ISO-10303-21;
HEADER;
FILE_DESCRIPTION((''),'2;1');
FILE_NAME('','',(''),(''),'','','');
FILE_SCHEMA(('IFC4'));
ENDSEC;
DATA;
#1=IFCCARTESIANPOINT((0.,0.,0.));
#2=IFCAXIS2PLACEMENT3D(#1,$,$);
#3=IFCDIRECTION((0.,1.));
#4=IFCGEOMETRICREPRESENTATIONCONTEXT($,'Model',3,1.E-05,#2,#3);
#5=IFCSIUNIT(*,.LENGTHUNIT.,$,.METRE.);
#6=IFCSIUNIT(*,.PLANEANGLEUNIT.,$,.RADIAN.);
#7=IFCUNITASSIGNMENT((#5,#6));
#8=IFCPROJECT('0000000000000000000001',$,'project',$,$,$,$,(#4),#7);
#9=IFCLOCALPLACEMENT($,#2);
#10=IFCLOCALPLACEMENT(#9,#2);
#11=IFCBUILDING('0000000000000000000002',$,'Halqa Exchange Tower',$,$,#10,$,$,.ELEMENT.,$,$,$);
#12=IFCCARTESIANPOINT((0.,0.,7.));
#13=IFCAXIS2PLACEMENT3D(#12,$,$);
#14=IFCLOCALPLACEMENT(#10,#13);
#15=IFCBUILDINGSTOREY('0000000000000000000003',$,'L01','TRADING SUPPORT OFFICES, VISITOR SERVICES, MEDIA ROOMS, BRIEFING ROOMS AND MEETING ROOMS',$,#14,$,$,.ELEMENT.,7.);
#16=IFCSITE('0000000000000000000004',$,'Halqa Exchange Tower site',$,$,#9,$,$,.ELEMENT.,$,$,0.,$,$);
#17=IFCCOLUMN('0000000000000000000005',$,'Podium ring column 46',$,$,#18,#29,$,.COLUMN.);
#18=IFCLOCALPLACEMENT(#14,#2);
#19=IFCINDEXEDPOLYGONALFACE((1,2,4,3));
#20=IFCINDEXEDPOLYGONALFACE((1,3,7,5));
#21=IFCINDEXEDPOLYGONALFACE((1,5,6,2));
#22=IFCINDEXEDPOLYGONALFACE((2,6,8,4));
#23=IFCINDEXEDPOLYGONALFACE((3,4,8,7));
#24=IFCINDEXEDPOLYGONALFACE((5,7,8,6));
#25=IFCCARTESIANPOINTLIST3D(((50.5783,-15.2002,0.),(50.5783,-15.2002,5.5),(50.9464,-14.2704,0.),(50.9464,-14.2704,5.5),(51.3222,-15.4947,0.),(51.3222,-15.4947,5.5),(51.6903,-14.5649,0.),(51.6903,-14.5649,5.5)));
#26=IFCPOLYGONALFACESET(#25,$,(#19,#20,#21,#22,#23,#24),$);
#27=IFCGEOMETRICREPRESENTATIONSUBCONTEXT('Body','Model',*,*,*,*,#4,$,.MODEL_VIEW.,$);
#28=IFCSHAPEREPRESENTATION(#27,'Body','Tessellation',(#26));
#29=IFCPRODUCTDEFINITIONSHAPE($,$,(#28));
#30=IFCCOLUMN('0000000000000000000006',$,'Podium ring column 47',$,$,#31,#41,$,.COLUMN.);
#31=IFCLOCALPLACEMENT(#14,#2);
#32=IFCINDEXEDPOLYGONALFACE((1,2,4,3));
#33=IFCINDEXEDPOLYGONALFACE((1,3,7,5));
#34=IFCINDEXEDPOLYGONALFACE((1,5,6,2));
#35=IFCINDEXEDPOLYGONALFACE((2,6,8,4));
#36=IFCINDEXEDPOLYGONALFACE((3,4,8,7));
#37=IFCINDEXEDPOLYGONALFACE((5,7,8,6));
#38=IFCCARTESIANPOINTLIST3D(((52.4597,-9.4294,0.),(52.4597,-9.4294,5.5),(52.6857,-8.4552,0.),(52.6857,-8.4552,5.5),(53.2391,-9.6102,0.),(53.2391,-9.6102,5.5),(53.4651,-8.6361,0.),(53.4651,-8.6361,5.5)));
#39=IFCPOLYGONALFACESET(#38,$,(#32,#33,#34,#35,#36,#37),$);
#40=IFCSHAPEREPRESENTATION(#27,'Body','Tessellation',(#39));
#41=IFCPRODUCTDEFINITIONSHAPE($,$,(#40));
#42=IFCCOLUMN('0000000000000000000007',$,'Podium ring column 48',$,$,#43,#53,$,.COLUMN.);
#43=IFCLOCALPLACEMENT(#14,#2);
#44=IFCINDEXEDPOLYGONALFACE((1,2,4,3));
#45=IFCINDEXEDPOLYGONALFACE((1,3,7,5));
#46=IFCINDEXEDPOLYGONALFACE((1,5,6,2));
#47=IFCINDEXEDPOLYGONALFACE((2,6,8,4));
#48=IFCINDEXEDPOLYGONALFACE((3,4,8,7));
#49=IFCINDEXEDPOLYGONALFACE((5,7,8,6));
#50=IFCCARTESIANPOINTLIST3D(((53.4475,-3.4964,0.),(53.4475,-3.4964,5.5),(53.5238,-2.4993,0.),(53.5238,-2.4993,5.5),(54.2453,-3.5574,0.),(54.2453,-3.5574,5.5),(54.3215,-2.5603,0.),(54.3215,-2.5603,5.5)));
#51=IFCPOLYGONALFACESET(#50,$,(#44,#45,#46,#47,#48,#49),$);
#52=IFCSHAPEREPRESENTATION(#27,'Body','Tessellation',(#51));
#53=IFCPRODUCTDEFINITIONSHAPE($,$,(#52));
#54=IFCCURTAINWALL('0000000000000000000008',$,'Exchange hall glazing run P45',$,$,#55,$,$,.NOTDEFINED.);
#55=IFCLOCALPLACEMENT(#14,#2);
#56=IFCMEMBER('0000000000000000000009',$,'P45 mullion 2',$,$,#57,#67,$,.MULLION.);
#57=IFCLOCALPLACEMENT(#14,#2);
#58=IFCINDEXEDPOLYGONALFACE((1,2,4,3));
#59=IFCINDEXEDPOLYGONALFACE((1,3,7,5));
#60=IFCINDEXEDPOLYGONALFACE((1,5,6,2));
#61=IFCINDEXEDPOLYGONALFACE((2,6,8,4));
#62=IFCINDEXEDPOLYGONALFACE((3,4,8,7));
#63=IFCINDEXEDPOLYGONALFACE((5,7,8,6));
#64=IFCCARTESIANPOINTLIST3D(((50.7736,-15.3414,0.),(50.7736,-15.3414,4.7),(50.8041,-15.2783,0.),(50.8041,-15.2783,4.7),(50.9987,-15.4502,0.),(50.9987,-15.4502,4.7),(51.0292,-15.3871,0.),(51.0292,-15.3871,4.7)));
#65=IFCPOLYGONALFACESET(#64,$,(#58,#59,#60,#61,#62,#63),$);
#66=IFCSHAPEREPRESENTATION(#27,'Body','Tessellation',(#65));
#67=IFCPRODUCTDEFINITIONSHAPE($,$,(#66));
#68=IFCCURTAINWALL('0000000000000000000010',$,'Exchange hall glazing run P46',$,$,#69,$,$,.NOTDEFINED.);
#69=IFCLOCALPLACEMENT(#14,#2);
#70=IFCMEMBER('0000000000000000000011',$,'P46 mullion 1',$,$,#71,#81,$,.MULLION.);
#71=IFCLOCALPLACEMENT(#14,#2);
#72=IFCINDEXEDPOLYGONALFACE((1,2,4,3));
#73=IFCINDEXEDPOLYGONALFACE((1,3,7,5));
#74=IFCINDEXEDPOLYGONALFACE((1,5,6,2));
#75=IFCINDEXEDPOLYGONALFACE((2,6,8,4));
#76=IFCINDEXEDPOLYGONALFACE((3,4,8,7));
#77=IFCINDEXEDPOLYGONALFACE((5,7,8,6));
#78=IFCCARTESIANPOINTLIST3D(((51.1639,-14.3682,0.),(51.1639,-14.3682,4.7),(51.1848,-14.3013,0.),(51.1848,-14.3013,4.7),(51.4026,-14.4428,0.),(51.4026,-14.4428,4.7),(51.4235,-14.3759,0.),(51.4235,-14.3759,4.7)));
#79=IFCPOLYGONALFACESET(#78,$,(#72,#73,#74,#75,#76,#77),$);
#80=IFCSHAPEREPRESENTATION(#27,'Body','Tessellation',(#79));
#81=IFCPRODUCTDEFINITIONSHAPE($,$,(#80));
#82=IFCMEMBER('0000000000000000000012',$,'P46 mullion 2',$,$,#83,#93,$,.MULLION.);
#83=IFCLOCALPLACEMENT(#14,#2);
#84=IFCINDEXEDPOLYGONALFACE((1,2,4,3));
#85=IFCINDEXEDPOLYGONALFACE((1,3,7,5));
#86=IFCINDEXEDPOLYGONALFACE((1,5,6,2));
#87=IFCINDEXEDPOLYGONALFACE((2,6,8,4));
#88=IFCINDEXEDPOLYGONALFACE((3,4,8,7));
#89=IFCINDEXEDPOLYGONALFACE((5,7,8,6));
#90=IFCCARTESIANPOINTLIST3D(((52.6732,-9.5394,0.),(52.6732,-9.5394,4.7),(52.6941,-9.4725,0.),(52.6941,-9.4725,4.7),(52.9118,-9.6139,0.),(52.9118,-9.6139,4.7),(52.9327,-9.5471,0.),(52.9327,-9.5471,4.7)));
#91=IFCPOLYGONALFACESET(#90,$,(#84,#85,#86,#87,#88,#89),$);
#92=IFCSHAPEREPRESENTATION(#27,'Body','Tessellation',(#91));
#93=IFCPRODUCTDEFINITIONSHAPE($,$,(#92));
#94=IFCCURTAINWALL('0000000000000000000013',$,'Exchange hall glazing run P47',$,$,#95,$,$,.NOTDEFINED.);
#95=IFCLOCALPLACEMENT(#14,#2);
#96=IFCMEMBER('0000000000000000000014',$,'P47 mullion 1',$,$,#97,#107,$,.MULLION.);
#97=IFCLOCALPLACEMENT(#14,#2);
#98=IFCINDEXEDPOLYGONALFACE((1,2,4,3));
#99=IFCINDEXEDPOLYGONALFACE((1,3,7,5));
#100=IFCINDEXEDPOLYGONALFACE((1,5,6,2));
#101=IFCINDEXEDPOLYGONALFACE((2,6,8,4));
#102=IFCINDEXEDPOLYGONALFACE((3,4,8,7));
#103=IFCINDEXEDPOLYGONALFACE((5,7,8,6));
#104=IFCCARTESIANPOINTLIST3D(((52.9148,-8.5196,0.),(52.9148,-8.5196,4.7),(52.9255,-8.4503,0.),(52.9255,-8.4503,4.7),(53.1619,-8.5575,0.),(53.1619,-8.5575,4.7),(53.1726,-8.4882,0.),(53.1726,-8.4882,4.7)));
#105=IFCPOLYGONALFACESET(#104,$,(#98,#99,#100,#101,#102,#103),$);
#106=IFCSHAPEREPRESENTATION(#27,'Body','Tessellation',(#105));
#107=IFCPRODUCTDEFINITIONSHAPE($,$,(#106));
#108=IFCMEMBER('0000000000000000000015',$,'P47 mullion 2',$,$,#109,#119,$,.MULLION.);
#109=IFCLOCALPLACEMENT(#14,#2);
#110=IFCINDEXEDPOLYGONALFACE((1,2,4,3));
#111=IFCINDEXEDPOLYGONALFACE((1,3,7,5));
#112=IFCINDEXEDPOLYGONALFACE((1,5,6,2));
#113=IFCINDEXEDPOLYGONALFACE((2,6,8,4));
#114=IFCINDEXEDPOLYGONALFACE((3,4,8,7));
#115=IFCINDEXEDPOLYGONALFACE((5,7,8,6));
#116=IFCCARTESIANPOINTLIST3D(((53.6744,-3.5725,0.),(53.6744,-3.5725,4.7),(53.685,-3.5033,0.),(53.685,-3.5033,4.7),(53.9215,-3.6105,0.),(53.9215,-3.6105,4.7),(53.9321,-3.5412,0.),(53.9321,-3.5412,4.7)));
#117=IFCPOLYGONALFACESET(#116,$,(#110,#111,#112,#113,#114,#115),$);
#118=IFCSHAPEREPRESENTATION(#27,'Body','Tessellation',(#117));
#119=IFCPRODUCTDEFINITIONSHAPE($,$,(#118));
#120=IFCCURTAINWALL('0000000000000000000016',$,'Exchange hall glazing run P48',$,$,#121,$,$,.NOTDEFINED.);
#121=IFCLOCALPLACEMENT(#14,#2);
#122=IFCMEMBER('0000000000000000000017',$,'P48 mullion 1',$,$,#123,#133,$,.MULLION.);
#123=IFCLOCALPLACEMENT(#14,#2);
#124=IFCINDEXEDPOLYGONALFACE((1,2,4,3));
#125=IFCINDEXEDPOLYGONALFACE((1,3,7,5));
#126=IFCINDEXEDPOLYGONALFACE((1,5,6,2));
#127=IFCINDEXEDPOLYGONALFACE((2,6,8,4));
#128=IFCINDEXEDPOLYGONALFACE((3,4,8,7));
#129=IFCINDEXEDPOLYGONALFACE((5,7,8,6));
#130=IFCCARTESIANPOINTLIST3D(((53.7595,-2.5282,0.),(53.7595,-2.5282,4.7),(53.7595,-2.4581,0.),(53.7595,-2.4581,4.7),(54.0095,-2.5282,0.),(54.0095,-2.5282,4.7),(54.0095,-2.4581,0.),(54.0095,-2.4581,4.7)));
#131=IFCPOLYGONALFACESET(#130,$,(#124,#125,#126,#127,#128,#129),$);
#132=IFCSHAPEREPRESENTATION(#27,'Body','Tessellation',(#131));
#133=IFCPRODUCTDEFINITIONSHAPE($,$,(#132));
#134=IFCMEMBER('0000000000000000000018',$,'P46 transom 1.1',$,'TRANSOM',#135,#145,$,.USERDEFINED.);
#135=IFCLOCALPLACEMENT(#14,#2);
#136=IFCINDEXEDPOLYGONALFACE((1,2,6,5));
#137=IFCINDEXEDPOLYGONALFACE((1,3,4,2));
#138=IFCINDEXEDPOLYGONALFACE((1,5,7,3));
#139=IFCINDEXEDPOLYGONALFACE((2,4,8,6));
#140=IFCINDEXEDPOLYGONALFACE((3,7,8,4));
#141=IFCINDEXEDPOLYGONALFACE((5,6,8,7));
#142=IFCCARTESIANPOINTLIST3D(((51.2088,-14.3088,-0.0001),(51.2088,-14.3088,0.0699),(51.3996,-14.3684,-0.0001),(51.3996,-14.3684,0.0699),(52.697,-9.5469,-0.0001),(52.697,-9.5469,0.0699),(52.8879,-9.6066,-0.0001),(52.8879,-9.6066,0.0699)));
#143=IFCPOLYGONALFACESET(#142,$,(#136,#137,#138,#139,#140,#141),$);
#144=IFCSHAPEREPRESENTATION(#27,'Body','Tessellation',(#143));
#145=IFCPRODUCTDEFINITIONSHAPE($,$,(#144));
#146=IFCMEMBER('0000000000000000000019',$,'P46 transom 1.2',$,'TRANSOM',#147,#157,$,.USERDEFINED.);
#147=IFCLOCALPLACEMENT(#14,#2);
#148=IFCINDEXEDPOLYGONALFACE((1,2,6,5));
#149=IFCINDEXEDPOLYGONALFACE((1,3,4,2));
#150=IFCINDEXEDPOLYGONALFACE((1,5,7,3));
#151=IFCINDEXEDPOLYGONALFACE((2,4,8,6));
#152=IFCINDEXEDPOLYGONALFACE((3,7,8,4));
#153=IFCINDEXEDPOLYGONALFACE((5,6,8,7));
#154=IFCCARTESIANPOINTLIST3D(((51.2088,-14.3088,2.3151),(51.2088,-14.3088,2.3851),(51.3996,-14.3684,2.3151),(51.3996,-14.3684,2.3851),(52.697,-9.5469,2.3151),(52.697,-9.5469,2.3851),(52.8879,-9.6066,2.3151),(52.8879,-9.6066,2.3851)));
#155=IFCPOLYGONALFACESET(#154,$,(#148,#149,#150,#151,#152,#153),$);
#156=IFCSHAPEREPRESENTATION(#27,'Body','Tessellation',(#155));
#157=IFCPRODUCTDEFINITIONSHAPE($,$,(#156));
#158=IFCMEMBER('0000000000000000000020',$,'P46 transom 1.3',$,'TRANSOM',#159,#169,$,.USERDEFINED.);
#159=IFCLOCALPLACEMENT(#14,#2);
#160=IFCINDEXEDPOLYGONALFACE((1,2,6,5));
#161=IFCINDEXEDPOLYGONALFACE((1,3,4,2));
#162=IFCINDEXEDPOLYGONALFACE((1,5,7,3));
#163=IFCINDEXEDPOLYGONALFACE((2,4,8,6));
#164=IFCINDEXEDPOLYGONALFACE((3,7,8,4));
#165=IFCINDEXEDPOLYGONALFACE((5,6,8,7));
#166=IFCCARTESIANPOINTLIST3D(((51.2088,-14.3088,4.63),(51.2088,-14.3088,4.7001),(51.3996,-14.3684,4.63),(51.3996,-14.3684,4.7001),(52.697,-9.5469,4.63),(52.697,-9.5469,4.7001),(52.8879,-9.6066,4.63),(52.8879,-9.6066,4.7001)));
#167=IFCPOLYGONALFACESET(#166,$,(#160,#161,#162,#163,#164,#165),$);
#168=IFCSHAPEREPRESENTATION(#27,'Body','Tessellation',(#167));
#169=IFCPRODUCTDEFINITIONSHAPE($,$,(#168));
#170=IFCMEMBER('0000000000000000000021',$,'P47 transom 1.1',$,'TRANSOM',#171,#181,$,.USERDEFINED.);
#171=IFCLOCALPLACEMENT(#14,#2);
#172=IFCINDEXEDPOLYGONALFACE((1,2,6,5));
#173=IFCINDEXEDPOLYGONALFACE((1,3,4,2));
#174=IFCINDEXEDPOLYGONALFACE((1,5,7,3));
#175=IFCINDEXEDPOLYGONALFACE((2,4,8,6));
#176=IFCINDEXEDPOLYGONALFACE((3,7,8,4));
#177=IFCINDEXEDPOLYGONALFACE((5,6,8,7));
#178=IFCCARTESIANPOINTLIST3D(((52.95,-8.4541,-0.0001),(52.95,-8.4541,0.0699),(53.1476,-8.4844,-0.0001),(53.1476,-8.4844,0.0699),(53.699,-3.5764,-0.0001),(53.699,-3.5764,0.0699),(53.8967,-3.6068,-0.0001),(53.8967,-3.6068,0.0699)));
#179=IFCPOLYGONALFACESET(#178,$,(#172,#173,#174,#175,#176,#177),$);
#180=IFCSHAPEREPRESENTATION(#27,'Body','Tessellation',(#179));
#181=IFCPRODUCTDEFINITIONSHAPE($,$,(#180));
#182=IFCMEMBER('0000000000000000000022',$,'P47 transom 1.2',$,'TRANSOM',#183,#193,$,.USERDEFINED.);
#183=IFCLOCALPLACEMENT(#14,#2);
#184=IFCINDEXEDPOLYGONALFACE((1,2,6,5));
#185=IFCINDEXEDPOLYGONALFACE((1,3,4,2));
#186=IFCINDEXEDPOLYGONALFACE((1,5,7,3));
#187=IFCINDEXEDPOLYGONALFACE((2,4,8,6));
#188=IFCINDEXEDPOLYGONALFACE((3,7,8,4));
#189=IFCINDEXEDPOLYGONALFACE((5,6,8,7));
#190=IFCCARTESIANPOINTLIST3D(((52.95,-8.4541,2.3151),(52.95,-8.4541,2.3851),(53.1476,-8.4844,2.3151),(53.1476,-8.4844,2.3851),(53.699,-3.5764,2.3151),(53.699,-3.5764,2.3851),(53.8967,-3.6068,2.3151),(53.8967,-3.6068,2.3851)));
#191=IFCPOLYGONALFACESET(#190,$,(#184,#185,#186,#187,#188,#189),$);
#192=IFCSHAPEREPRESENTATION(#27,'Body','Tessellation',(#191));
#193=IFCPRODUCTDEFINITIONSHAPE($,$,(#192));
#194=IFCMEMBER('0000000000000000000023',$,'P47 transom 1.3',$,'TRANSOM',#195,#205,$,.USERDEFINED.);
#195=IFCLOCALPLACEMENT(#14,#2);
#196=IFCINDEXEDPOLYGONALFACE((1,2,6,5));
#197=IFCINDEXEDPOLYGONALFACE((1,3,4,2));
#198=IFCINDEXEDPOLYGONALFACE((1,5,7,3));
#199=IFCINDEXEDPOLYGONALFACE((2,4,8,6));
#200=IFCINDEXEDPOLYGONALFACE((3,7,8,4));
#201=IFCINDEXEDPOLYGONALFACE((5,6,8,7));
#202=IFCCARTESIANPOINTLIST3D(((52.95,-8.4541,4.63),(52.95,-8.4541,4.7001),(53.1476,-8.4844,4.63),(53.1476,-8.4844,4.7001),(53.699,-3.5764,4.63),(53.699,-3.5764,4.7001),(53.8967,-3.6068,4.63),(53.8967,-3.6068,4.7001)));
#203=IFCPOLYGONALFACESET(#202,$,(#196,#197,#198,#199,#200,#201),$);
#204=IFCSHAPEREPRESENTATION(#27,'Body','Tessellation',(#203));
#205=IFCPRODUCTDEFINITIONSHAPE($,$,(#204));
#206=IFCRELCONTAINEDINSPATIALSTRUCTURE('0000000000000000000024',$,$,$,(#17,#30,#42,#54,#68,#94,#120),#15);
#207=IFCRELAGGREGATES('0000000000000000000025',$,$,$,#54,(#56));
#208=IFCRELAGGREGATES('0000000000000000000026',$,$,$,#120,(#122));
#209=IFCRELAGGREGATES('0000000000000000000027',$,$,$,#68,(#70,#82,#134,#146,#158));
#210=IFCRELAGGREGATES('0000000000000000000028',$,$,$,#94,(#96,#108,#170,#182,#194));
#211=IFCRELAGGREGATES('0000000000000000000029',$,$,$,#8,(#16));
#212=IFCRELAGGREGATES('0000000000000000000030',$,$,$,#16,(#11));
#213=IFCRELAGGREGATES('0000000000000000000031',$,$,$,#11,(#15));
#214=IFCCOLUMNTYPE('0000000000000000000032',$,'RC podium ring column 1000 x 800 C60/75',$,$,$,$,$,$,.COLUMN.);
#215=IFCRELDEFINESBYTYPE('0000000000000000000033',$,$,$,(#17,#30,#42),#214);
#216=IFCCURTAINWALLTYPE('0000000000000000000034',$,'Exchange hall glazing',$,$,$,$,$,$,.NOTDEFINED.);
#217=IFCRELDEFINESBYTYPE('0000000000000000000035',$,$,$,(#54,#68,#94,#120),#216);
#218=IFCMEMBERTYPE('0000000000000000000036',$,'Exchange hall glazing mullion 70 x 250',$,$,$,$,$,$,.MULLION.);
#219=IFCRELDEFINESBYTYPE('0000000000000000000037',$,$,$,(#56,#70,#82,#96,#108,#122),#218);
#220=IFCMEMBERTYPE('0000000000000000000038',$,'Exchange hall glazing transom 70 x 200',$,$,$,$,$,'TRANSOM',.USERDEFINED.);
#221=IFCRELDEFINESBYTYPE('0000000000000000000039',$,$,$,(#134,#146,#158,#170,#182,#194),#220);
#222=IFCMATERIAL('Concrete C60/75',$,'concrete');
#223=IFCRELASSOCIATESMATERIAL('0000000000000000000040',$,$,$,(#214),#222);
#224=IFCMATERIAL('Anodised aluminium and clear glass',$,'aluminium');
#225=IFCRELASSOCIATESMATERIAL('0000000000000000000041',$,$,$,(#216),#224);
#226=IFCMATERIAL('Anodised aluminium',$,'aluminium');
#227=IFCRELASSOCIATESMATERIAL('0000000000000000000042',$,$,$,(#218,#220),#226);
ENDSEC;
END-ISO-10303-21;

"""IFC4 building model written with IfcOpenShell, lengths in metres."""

from ifc_helpers import new_model, si_unit, direction, frame, origin, origin_2d, place, context, subcontext, project, spatial, rectangle, extrude, material, material_profile, profile_set, type_object, element, aggregate, save


model = new_model("IFC4")

# Units and contexts
model_context = context("Model", 3, precision=1e-05, world=origin(), true_north=direction((0.0, 1.0)))
body_context = subcontext(model_context, "Body", "Model", "MODEL_VIEW")
ifc_project = project(units=[si_unit("LENGTHUNIT", "METRE"), si_unit("PLANEANGLEUNIT", "RADIAN")], contexts=[model_context])

# Site, building, storey
site_placement = place(None, origin())
site = spatial("IfcSite", under=ifc_project, at=site_placement, Name="Halqa Exchange Tower site", CompositionType="ELEMENT", RefElevation=0.0)
building_placement = place(site_placement, origin())
building = spatial("IfcBuilding", under=site, at=building_placement, Name="Halqa Exchange Tower", CompositionType="ELEMENT")
storey_placement = place(building_placement, frame((0.0, 0.0, 7.0)))
storey = spatial("IfcBuildingStorey", under=building, at=storey_placement, Name="L01", Description="TRADING SUPPORT OFFICES, VISITOR SERVICES, MEDIA ROOMS, BRIEFING ROOMS AND MEETING ROOMS", CompositionType="ELEMENT", Elevation=7.0)

# Columns
ifc_material_1 = material(Name="Concrete C60/75", Category="concrete")
ifc_material_profile_1 = material_profile(ifc_material_1, rectangle(XDim=1.0, YDim=0.8, at=origin_2d()), Name="1000 x 800")
ifc_profile_set_1 = profile_set([ifc_material_profile_1], Name="Concrete C60/75")
column_type = type_object("IfcColumnType", Name="RC podium ring column 1000 x 800 C60/75", PredefinedType="COLUMN", material=ifc_profile_set_1)
for number, where, z_axis, x_axis, name in (
    (1, (51.1343, -14.8826, 0.0), (0.0, 0.0, 1.0), (0.36811, 0.929782, 0.0), "Podium ring column 46"),
    (2, (52.9624, -9.0327, 0.0), (0.0, 0.0, 1.0), (0.225997, 0.974128, 0.0), "Podium ring column 47"),
    (3, (53.8845, -3.0283, 0.0), (0.0, 0.0, 1.0), (0.076223, 0.997091, 0.0), "Podium ring column 48"),
):
    element("IfcColumn", number, at=place(storey_placement, frame(where, z_axis=z_axis, x_axis=x_axis)), inside=storey, type_object=column_type, Name=name, PredefinedType="COLUMN", context=body_context, shape_type="SweptSolid", body=[
        extrude(rectangle(XDim=1.0, YDim=0.8, at=origin_2d()), origin(), (0.0, 0.0, 1.0), 5.5),
    ])

# Curtain wall, member
ifc_material_2 = material(Name="Anodised aluminium and clear glass", Category="aluminium")
curtain_wall_type = type_object("IfcCurtainWallType", Name="Exchange hall glazing", PredefinedType="NOTDEFINED", material=ifc_material_2)
curtain_wall_1_placement = place(storey_placement, origin())
curtain_wall_1 = element("IfcCurtainWall", 4, at=curtain_wall_1_placement, inside=storey, type_object=curtain_wall_type, Name="Exchange hall glazing run P45", PredefinedType="NOTDEFINED")
ifc_material_3 = material(Name="Anodised aluminium", Category="aluminium")
ifc_material_profile_2 = material_profile(ifc_material_3, rectangle(XDim=0.25, YDim=0.0701, at=origin_2d()), Name="AL 70x250")
ifc_profile_set_2 = profile_set([ifc_material_profile_2], Name="Anodised aluminium")
member_type_1 = type_object("IfcMemberType", Name="Exchange hall glazing mullion 70 x 250", PredefinedType="MULLION", material=ifc_profile_set_2)
member_1_placement = place(storey_placement, frame((50.9014, -15.3643, 0.0), z_axis=(0.0, 0.0, 1.0), x_axis=(-0.900435, 0.43499, 0.0)))
member_1 = element("IfcMember", 5, at=member_1_placement, type_object=member_type_1, Name="P45 mullion 2", PredefinedType="MULLION", context=body_context, shape_type="SweptSolid", body=[
    extrude(rectangle(XDim=0.25, YDim=0.0701, at=origin_2d()), origin(), (0.0, 0.0, 1.0), 4.7),
])
aggregate(curtain_wall_1, [member_1])

# Curtain walls, members
curtain_wall_2_placement = place(storey_placement, origin())
curtain_wall_2 = element("IfcCurtainWall", 6, at=curtain_wall_2_placement, inside=storey, type_object=curtain_wall_type, Name="Exchange hall glazing run P46", PredefinedType="NOTDEFINED")
member_2_placement = place(storey_placement, frame((51.2937, -14.3721, 0.0), z_axis=(0.0, 0.0, 1.0), x_axis=(-0.954471, 0.298303, 0.0)))
member_2 = element("IfcMember", 7, at=member_2_placement, type_object=member_type_1, Name="P46 mullion 1", PredefinedType="MULLION", context=body_context, shape_type="SweptSolid", body=[
    extrude(rectangle(XDim=0.25, YDim=0.0701, at=origin_2d()), origin(), (0.0, 0.0, 1.0), 4.7),
])
member_3_placement = place(storey_placement, frame((52.803, -9.5432, 0.0), z_axis=(0.0, 0.0, 1.0), x_axis=(-0.954471, 0.298303, 0.0)))
member_3 = element("IfcMember", 8, at=member_3_placement, type_object=member_type_1, Name="P46 mullion 2", PredefinedType="MULLION", context=body_context, shape_type="SweptSolid", body=[
    extrude(rectangle(XDim=0.25, YDim=0.0701, at=origin_2d()), origin(), (0.0, 0.0, 1.0), 4.7),
])
curtain_wall_3_placement = place(storey_placement, origin())
curtain_wall_3 = element("IfcCurtainWall", 9, at=curtain_wall_3_placement, inside=storey, type_object=curtain_wall_type, Name="Exchange hall glazing run P47", PredefinedType="NOTDEFINED")
member_4_placement = place(storey_placement, frame((53.0437, -8.5039, 0.0), z_axis=(0.0, 0.0, 1.0), x_axis=(-0.988416, 0.151767, 0.0)))
member_4 = element("IfcMember", 10, at=member_4_placement, type_object=member_type_1, Name="P47 mullion 1", PredefinedType="MULLION", context=body_context, shape_type="SweptSolid", body=[
    extrude(rectangle(XDim=0.25, YDim=0.0701, at=origin_2d()), origin(), (0.0, 0.0, 1.0), 4.7),
])
member_5_placement = place(storey_placement, frame((53.8032, -3.5569, 0.0), z_axis=(0.0, 0.0, 1.0), x_axis=(-0.988416, 0.151767, 0.0)))
member_5 = element("IfcMember", 11, at=member_5_placement, type_object=member_type_1, Name="P47 mullion 2", PredefinedType="MULLION", context=body_context, shape_type="SweptSolid", body=[
    extrude(rectangle(XDim=0.25, YDim=0.0701, at=origin_2d()), origin(), (0.0, 0.0, 1.0), 4.7),
])

# Curtain wall, member
curtain_wall_4_placement = place(storey_placement, origin())
curtain_wall_4 = element("IfcCurtainWall", 12, at=curtain_wall_4_placement, inside=storey, type_object=curtain_wall_type, Name="Exchange hall glazing run P48", PredefinedType="NOTDEFINED")
member_6_placement = place(storey_placement, frame((53.8845, -2.4932, 0.0), z_axis=(0.0, 0.0, 1.0), x_axis=(-1.0, 0.0, 0.0)))
member_6 = element("IfcMember", 13, at=member_6_placement, type_object=member_type_1, Name="P48 mullion 1", PredefinedType="MULLION", context=body_context, shape_type="SweptSolid", body=[
    extrude(rectangle(XDim=0.25, YDim=0.0701, at=origin_2d()), origin(), (0.0, 0.0, 1.0), 4.7),
])

# Members
ifc_material_profile_3 = material_profile(ifc_material_3, rectangle(XDim=0.2, YDim=0.0701, at=origin_2d()), Name="AL 70x200")
ifc_profile_set_3 = profile_set([ifc_material_profile_3], Name="Anodised aluminium")
member_type_2 = type_object("IfcMemberType", Name="Exchange hall glazing transom 70 x 200", ElementType="TRANSOM", PredefinedType="USERDEFINED", material=ifc_profile_set_3)
member_7_placement = place(storey_placement, frame((51.3042, -14.3386, 0.0349), z_axis=(0.298306, 0.95447, 0.0), x_axis=(-0.95447, 0.298306, 0.0)))
member_7 = element("IfcMember", 14, at=member_7_placement, type_object=member_type_2, Name="P46 transom 1.1", ObjectType="TRANSOM", PredefinedType="USERDEFINED", context=body_context, shape_type="SweptSolid", body=[
    extrude(rectangle(XDim=0.2, YDim=0.0701, at=origin_2d()), origin(), (0.0, 0.0, 1.0), 4.989),
])
member_8_placement = place(storey_placement, frame((51.3042, -14.3386, 2.3501), z_axis=(0.298306, 0.95447, 0.0), x_axis=(-0.95447, 0.298306, 0.0)))
member_8 = element("IfcMember", 15, at=member_8_placement, type_object=member_type_2, Name="P46 transom 1.2", ObjectType="TRANSOM", PredefinedType="USERDEFINED", context=body_context, shape_type="SweptSolid", body=[
    extrude(rectangle(XDim=0.2, YDim=0.0701, at=origin_2d()), origin(), (0.0, 0.0, 1.0), 4.989),
])
member_9_placement = place(storey_placement, frame((51.3042, -14.3386, 4.665), z_axis=(0.298306, 0.95447, 0.0), x_axis=(-0.95447, 0.298306, 0.0)))
member_9 = element("IfcMember", 16, at=member_9_placement, type_object=member_type_2, Name="P46 transom 1.3", ObjectType="TRANSOM", PredefinedType="USERDEFINED", context=body_context, shape_type="SweptSolid", body=[
    extrude(rectangle(XDim=0.2, YDim=0.0701, at=origin_2d()), origin(), (0.0, 0.0, 1.0), 4.989),
])
member_10_placement = place(storey_placement, frame((53.0488, -8.4692, 0.0349), z_axis=(0.151782, 0.988414, 0.0), x_axis=(-0.988414, 0.151782, 0.0)))
member_10 = element("IfcMember", 17, at=member_10_placement, type_object=member_type_2, Name="P47 transom 1.1", ObjectType="TRANSOM", PredefinedType="USERDEFINED", context=body_context, shape_type="SweptSolid", body=[
    extrude(rectangle(XDim=0.2, YDim=0.0701, at=origin_2d()), origin(), (0.0, 0.0, 1.0), 4.9348),
])
member_11_placement = place(storey_placement, frame((53.0488, -8.4692, 2.3501), z_axis=(0.151782, 0.988414, 0.0), x_axis=(-0.988414, 0.151782, 0.0)))
member_11 = element("IfcMember", 18, at=member_11_placement, type_object=member_type_2, Name="P47 transom 1.2", ObjectType="TRANSOM", PredefinedType="USERDEFINED", context=body_context, shape_type="SweptSolid", body=[
    extrude(rectangle(XDim=0.2, YDim=0.0701, at=origin_2d()), origin(), (0.0, 0.0, 1.0), 4.9348),
])
member_12_placement = place(storey_placement, frame((53.0488, -8.4692, 4.665), z_axis=(0.151782, 0.988414, 0.0), x_axis=(-0.988414, 0.151782, 0.0)))
member_12 = element("IfcMember", 19, at=member_12_placement, type_object=member_type_2, Name="P47 transom 1.3", ObjectType="TRANSOM", PredefinedType="USERDEFINED", context=body_context, shape_type="SweptSolid", body=[
    extrude(rectangle(XDim=0.2, YDim=0.0701, at=origin_2d()), origin(), (0.0, 0.0, 1.0), 4.9348),
])
aggregate(curtain_wall_4, [member_6])

aggregate(curtain_wall_2, [member_2, member_3, member_7, member_8, member_9])
aggregate(curtain_wall_3, [member_4, member_5, member_10, member_11, member_12])

save(model, "model.ifc")
